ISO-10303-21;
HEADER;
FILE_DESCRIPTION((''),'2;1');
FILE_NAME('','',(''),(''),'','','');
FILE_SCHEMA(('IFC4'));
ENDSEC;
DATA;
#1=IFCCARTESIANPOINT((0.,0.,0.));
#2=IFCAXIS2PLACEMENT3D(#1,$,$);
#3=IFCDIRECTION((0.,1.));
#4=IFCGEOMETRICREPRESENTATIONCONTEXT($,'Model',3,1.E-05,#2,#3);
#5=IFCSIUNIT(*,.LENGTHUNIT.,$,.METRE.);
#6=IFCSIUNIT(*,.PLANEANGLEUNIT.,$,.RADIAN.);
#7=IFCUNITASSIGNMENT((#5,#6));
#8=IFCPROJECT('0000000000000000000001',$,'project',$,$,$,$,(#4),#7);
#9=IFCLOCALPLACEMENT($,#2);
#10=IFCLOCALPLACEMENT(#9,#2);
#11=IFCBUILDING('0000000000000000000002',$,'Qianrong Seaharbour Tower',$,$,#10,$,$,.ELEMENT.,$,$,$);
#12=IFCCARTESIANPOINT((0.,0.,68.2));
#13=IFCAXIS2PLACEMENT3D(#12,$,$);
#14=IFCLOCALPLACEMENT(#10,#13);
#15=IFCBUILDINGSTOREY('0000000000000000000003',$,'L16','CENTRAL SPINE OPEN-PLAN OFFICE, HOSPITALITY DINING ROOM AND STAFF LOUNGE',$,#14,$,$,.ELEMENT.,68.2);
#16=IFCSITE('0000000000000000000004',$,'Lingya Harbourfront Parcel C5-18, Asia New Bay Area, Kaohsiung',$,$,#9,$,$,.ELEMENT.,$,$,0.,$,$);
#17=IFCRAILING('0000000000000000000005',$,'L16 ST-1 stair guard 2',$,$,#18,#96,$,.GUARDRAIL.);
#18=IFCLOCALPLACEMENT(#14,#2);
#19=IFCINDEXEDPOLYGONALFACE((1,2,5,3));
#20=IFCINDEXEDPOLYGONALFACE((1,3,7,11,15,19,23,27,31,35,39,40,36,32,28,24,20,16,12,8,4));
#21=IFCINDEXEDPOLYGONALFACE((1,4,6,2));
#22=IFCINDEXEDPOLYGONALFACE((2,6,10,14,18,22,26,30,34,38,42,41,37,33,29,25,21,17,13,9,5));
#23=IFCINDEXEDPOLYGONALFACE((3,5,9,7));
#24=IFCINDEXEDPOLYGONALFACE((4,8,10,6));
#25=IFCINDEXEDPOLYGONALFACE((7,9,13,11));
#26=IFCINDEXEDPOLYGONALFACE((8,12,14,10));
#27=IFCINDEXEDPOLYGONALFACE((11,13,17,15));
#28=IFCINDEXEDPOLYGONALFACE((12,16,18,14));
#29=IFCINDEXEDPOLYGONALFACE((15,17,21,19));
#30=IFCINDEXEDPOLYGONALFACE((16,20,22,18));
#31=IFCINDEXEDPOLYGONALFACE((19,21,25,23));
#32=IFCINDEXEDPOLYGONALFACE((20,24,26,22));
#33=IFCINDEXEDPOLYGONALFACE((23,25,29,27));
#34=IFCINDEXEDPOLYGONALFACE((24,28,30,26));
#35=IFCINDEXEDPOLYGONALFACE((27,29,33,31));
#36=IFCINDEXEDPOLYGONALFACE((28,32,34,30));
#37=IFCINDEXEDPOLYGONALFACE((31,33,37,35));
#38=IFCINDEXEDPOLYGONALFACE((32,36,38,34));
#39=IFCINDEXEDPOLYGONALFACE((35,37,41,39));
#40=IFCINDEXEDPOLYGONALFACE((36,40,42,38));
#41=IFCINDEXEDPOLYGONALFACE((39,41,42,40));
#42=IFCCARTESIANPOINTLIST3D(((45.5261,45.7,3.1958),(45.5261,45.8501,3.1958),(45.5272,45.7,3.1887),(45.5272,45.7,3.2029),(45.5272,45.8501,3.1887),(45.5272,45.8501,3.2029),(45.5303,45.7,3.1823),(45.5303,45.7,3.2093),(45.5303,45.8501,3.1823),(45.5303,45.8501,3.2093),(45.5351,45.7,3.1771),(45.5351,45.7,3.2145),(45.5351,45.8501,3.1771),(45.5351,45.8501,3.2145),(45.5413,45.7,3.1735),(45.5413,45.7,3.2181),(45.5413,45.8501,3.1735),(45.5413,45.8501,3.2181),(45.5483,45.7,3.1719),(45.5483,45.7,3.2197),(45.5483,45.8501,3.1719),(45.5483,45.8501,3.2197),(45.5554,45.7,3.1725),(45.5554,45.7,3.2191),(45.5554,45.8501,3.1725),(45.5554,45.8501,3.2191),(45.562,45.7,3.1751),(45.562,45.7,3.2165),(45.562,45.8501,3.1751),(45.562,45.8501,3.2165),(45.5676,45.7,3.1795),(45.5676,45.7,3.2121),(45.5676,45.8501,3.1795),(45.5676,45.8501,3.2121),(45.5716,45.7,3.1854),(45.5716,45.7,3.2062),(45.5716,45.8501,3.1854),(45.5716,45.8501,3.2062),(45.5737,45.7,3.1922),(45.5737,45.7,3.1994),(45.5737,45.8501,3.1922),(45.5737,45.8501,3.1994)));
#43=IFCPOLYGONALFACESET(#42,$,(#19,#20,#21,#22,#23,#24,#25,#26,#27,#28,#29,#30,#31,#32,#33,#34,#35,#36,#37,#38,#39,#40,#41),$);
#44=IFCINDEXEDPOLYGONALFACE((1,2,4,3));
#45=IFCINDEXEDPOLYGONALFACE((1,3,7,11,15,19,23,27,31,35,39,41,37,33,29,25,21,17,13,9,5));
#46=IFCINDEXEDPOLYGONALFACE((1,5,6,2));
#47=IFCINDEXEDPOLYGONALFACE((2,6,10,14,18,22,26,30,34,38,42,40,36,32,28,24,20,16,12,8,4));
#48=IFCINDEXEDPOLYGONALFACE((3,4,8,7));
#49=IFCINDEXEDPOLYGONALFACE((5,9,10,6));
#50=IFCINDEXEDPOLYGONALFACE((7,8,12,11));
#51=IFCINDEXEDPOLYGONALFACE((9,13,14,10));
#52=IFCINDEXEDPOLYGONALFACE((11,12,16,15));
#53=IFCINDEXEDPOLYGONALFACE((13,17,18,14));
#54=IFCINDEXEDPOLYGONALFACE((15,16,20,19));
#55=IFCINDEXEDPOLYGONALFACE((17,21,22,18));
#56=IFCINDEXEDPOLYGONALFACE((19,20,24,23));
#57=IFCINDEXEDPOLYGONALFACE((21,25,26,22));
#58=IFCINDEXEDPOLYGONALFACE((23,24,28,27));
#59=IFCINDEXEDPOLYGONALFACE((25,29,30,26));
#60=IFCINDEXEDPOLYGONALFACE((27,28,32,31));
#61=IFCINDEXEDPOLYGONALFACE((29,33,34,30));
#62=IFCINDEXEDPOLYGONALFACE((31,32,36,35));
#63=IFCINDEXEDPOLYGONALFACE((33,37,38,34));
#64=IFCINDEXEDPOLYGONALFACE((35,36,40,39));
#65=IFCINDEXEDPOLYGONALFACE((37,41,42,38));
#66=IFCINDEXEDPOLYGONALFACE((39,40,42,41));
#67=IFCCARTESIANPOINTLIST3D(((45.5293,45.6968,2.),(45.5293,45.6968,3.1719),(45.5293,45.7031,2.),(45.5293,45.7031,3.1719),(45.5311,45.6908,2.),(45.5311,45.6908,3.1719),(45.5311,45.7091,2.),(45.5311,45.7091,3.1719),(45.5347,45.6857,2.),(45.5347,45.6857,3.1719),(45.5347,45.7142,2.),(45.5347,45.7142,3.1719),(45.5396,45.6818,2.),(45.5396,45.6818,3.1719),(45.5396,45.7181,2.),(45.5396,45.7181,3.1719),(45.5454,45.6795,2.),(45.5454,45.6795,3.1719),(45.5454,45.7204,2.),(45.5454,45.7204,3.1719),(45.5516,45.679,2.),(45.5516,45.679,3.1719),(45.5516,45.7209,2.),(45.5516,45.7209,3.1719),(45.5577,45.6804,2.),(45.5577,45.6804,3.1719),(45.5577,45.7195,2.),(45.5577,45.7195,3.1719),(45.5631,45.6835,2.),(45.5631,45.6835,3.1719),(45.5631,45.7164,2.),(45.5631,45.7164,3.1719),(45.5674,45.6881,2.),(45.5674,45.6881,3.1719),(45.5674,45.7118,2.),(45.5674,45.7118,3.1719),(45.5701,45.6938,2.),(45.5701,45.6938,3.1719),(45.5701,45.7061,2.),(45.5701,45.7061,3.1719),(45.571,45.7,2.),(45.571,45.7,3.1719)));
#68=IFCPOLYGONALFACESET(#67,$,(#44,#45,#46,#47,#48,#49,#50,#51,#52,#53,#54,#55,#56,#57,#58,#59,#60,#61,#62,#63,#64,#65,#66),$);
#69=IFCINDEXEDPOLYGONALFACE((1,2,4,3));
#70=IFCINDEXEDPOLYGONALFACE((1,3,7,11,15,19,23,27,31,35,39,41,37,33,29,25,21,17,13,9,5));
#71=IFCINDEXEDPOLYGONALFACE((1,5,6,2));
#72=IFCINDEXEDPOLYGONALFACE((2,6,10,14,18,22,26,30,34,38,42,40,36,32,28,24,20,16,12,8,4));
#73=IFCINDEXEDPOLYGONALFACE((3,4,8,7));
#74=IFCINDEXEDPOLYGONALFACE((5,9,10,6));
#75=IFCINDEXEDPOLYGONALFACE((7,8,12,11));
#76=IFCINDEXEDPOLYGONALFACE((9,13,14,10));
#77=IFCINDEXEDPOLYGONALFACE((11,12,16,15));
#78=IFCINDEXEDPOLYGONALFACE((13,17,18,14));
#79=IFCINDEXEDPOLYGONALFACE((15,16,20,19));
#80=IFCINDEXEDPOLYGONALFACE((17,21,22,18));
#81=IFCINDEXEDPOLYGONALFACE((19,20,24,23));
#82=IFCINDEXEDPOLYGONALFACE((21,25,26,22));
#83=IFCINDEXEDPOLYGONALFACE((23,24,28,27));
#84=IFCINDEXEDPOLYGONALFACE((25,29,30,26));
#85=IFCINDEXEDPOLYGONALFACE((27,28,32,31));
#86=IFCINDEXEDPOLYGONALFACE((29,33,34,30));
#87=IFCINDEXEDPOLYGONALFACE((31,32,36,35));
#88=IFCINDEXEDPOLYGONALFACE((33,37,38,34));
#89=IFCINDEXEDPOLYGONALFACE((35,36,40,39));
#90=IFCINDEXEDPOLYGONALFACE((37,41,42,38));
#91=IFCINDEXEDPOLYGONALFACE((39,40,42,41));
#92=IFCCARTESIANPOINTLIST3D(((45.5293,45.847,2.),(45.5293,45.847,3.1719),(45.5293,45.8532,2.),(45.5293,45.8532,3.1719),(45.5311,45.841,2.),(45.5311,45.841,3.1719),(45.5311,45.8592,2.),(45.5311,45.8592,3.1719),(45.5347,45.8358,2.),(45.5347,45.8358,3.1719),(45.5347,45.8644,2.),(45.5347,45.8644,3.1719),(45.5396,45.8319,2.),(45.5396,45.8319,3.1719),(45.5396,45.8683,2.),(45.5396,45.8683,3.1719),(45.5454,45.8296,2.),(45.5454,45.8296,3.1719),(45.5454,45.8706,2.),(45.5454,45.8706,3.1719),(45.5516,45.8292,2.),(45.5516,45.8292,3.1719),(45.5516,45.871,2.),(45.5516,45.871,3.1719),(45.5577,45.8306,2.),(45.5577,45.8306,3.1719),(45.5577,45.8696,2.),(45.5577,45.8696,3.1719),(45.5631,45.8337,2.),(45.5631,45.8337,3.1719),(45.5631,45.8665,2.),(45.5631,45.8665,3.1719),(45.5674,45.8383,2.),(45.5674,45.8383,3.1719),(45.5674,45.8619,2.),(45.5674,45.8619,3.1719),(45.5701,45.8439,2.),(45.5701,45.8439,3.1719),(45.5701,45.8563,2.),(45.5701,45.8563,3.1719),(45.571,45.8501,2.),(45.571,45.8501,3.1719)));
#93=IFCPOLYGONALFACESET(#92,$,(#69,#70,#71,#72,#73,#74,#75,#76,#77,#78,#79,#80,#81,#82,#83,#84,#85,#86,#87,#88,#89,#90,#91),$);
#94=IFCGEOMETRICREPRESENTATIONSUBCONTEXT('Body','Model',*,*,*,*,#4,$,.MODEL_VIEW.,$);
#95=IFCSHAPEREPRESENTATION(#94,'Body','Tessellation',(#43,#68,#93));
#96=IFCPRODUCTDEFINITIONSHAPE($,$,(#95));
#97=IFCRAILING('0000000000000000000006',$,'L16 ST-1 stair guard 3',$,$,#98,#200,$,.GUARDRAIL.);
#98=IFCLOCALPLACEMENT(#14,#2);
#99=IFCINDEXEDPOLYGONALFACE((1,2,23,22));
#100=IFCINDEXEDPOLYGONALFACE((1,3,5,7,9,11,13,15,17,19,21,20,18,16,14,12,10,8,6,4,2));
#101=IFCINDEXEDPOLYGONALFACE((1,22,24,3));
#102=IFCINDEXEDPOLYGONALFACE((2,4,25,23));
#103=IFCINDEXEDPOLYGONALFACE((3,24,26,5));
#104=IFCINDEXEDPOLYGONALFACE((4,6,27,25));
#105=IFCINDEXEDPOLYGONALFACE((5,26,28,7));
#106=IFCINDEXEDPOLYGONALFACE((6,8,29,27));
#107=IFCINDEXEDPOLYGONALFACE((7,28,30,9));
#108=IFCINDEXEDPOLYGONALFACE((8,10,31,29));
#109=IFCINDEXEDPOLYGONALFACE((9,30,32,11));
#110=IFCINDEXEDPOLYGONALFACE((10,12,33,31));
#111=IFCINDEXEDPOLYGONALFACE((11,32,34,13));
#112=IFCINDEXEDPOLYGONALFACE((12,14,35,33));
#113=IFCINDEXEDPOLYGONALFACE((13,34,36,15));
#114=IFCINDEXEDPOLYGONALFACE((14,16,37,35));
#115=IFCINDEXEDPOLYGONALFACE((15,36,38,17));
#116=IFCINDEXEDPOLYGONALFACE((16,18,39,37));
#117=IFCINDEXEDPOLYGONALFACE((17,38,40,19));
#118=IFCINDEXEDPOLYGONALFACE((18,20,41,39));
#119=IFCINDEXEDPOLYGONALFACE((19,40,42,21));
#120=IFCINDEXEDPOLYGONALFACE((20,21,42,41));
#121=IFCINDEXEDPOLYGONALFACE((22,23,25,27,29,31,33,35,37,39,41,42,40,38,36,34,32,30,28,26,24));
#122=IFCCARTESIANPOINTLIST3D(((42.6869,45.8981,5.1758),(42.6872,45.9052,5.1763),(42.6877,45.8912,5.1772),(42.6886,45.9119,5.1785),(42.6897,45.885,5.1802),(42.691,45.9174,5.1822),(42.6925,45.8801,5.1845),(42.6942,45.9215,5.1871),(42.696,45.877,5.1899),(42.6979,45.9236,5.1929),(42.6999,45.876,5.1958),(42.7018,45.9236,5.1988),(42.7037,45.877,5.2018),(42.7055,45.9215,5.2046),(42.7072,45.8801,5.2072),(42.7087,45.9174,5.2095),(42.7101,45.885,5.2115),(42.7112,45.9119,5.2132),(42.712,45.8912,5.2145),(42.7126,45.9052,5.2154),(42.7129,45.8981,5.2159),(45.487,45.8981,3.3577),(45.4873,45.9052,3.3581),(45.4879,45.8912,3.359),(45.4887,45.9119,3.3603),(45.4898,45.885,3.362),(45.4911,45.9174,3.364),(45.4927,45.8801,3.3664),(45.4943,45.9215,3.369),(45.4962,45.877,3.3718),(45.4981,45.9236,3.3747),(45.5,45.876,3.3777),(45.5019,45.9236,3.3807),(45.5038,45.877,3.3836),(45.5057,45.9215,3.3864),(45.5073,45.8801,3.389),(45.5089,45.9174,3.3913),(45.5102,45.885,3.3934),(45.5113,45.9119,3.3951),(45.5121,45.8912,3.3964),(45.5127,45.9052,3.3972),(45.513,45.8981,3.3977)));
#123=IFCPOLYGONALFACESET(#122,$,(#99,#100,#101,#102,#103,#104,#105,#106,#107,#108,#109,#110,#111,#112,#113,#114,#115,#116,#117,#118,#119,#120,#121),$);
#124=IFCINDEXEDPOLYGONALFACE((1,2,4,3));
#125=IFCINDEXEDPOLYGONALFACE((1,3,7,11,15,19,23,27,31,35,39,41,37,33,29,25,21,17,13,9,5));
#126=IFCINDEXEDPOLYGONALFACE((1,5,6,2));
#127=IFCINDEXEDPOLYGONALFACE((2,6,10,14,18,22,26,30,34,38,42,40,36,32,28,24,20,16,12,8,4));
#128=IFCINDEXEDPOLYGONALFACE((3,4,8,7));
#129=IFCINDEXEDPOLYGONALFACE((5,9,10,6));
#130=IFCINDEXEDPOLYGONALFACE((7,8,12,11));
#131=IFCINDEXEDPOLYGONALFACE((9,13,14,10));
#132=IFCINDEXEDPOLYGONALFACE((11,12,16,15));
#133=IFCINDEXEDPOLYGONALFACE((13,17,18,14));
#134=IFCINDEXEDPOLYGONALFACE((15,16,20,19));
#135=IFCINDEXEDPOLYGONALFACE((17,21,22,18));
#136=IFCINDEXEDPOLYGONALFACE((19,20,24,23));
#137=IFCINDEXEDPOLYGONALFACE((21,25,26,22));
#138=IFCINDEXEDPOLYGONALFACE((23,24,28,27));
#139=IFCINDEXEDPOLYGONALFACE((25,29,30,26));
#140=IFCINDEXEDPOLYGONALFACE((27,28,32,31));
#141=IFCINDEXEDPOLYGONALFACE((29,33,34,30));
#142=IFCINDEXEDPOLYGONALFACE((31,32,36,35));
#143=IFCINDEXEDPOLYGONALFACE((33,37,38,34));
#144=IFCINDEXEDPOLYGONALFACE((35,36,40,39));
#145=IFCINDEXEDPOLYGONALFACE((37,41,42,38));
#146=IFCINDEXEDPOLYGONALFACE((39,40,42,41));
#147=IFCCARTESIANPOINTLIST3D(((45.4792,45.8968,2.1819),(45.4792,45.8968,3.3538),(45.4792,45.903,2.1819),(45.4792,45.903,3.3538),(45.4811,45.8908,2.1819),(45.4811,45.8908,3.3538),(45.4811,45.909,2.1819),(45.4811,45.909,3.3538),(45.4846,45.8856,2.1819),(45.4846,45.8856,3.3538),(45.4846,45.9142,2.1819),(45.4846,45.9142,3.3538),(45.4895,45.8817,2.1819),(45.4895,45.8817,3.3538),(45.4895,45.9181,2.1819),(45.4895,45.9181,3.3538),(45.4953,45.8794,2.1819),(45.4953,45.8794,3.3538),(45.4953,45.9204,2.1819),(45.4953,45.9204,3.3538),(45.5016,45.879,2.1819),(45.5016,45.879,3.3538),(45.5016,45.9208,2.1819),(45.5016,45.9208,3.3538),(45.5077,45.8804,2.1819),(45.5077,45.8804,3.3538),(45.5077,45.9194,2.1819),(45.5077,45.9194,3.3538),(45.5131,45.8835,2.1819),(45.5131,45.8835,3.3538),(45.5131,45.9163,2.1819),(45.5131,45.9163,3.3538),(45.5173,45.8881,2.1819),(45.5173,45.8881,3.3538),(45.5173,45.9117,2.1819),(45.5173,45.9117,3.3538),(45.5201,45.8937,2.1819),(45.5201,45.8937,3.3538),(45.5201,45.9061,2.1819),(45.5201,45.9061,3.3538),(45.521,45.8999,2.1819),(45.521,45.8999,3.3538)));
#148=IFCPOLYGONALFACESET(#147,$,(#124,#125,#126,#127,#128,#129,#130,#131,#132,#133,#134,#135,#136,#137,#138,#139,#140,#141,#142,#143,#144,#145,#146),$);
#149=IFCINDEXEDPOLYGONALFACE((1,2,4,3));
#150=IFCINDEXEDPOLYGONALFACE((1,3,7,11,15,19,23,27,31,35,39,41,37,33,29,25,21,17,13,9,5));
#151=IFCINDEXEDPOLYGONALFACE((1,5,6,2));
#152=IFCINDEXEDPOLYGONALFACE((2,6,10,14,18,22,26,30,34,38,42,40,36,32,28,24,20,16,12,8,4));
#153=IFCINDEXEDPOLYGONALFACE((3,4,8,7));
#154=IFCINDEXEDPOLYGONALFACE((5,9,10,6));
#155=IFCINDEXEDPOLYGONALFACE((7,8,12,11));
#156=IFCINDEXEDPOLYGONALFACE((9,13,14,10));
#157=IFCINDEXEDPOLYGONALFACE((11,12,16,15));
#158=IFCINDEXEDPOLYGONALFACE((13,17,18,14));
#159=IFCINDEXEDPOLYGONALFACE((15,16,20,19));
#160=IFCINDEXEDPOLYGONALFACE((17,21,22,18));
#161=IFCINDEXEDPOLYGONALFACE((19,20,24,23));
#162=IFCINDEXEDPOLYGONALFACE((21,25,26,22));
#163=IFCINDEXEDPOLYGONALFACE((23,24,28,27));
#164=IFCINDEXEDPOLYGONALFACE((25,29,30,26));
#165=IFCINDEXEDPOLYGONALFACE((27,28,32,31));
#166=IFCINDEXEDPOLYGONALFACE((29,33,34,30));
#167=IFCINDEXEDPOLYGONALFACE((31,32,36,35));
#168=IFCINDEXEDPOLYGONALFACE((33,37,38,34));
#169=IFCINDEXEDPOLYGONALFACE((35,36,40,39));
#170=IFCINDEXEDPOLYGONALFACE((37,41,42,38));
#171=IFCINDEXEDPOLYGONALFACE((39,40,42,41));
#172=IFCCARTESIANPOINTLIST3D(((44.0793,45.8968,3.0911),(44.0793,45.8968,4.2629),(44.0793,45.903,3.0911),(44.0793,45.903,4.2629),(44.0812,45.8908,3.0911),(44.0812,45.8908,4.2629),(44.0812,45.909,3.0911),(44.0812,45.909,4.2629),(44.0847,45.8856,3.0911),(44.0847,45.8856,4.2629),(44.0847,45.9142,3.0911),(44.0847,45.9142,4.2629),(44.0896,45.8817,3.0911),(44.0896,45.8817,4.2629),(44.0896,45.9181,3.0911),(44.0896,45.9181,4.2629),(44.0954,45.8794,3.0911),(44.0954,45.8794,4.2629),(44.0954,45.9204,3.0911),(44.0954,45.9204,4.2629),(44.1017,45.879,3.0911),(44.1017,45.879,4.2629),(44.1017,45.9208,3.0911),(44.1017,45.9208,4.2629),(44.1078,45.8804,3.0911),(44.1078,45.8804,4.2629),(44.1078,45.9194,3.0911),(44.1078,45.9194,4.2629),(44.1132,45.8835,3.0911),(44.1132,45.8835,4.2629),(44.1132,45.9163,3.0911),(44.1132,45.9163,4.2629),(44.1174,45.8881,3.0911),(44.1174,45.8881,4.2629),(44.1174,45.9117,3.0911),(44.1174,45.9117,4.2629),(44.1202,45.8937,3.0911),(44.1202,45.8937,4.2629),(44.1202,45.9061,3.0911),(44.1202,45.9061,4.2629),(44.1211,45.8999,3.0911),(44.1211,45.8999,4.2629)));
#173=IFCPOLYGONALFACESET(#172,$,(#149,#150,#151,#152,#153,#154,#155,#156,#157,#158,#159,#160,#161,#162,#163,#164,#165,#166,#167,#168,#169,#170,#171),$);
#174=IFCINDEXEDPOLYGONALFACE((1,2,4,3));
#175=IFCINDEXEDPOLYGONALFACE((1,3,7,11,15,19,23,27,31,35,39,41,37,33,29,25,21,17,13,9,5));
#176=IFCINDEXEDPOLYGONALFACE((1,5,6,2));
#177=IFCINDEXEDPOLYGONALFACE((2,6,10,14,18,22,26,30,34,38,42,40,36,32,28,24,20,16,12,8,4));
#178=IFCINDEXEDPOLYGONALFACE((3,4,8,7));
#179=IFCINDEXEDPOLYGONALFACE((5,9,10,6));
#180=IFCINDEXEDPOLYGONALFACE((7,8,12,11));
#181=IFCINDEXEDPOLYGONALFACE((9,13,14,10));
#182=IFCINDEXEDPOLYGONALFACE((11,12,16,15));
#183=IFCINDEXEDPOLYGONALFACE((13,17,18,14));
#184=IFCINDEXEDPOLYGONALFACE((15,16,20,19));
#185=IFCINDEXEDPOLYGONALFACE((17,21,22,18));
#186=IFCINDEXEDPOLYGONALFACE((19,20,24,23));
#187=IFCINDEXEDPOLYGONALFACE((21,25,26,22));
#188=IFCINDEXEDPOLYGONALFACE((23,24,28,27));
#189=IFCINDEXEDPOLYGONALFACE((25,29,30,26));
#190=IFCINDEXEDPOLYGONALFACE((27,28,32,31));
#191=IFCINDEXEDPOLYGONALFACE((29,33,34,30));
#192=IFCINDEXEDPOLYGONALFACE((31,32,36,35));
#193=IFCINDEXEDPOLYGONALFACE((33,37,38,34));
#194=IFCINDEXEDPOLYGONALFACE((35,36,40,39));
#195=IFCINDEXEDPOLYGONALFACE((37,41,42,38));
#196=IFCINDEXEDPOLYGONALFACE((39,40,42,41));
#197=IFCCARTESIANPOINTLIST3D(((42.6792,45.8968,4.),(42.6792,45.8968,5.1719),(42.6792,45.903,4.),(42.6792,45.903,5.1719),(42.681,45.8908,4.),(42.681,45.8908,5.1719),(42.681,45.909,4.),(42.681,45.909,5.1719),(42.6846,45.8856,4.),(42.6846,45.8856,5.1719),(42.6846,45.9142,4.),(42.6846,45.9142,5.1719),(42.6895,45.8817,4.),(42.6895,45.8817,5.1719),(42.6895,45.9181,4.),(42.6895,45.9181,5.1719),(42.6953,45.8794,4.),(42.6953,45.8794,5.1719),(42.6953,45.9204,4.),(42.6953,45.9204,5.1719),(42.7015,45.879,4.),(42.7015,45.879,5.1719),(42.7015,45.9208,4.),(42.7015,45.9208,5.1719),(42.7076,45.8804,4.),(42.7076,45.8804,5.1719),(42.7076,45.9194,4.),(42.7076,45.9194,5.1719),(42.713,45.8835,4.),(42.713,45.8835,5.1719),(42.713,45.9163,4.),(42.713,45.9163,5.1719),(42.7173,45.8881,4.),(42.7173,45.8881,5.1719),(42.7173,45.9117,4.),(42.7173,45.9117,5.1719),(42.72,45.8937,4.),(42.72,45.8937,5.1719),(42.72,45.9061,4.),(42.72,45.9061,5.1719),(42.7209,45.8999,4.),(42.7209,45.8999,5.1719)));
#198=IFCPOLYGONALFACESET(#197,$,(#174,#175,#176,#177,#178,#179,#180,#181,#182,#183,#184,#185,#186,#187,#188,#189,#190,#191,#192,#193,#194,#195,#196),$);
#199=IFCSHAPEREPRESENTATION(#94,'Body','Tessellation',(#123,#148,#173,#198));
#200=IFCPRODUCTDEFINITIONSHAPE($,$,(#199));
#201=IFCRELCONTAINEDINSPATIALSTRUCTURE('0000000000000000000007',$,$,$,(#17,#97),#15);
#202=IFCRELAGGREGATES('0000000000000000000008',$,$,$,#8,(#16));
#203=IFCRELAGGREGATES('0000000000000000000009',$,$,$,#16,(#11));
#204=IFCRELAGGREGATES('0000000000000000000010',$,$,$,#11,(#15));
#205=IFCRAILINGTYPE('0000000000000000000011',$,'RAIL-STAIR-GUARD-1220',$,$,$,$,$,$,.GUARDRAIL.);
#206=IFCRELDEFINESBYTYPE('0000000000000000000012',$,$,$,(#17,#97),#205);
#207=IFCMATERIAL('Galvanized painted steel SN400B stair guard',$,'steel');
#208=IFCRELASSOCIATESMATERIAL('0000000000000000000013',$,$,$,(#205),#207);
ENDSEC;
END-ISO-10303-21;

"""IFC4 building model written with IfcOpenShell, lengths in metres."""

from ifc_helpers import new_model, si_unit, direction, frame, origin, origin_2d, place, context, subcontext, project, spatial, circle, extrude, material, type_object, element, save


model = new_model("IFC4")

# Units and contexts
model_context = context("Model", 3, precision=1e-05, world=origin(), true_north=direction((0.0, 1.0)))
body_context = subcontext(model_context, "Body", "Model", "MODEL_VIEW")
ifc_project = project(units=[si_unit("LENGTHUNIT", "METRE"), si_unit("PLANEANGLEUNIT", "RADIAN")], contexts=[model_context])

# Site, building, storey
site_placement = place(None, origin())
site = spatial("IfcSite", under=ifc_project, at=site_placement, Name="Lingya Harbourfront Parcel C5-18, Asia New Bay Area, Kaohsiung", CompositionType="ELEMENT", RefElevation=0.0)
building_placement = place(site_placement, origin())
building = spatial("IfcBuilding", under=site, at=building_placement, Name="Qianrong Seaharbour Tower", CompositionType="ELEMENT")
storey_placement = place(building_placement, frame((0.0, 0.0, 68.2)))
storey = spatial("IfcBuildingStorey", under=building, at=storey_placement, Name="L16", Description="CENTRAL SPINE OPEN-PLAN OFFICE, HOSPITALITY DINING ROOM AND STAFF LOUNGE", CompositionType="ELEMENT", Elevation=68.2)

# Railings
ifc_material_1 = material(Name="Galvanized painted steel SN400B stair guard", Category="steel")
railing_type_1 = type_object("IfcRailingType", Name="RAIL-STAIR-GUARD-1220", PredefinedType="GUARDRAIL", material=ifc_material_1)
railing_1_placement = place(storey_placement, frame((45.55, 45.7, 2.0)))
element("IfcRailing", 1, at=railing_1_placement, inside=storey, type_object=railing_type_1, Name="L16 ST-1 stair guard 2", PredefinedType="GUARDRAIL", context=body_context, shape_type="SweptSolid", body=[
    extrude(circle(Radius=0.0239, at=origin_2d()), frame((0.0, 0.0, 1.1958), z_axis=(0.0, 1.0, 0.0), x_axis=(-1.0, 0.0, 0.0)), (0.0, 0.0, 1.0), 0.1501),
    extrude(circle(Radius=0.021, at=origin_2d()), origin(), (0.0, 0.0, 1.0), 1.1719),
    extrude(circle(Radius=0.021, at=origin_2d()), frame((0.0, 0.1501, 0.0)), (0.0, 0.0, 1.0), 1.1719),
])
railing_2_placement = place(storey_placement, frame((45.5, 45.8999, 2.1819)))
element("IfcRailing", 2, at=railing_2_placement, inside=storey, type_object=railing_type_1, Name="L16 ST-1 stair guard 3", PredefinedType="GUARDRAIL", context=body_context, shape_type="SweptSolid", body=[
    extrude(circle(Radius=0.0239, at=origin_2d()), frame((0.0, 0.0, 1.1958), z_axis=(-0.838706, 0.0, 0.544585), x_axis=(0.0, -1.0, 0.0)), (0.0, 0.0, 1.0), 3.3386),
    extrude(circle(Radius=0.021, at=origin_2d()), origin(), (0.0, 0.0, 1.0), 1.1719),
    extrude(circle(Radius=0.021, at=origin_2d()), frame((-1.3999, 0.0, 0.9092)), (0.0, 0.0, 1.0), 1.1719),
    extrude(circle(Radius=0.021, at=origin_2d()), frame((-2.8, 0.0, 1.8181)), (0.0, 0.0, 1.0), 1.1719),
])

save(model, "model.ifc")
